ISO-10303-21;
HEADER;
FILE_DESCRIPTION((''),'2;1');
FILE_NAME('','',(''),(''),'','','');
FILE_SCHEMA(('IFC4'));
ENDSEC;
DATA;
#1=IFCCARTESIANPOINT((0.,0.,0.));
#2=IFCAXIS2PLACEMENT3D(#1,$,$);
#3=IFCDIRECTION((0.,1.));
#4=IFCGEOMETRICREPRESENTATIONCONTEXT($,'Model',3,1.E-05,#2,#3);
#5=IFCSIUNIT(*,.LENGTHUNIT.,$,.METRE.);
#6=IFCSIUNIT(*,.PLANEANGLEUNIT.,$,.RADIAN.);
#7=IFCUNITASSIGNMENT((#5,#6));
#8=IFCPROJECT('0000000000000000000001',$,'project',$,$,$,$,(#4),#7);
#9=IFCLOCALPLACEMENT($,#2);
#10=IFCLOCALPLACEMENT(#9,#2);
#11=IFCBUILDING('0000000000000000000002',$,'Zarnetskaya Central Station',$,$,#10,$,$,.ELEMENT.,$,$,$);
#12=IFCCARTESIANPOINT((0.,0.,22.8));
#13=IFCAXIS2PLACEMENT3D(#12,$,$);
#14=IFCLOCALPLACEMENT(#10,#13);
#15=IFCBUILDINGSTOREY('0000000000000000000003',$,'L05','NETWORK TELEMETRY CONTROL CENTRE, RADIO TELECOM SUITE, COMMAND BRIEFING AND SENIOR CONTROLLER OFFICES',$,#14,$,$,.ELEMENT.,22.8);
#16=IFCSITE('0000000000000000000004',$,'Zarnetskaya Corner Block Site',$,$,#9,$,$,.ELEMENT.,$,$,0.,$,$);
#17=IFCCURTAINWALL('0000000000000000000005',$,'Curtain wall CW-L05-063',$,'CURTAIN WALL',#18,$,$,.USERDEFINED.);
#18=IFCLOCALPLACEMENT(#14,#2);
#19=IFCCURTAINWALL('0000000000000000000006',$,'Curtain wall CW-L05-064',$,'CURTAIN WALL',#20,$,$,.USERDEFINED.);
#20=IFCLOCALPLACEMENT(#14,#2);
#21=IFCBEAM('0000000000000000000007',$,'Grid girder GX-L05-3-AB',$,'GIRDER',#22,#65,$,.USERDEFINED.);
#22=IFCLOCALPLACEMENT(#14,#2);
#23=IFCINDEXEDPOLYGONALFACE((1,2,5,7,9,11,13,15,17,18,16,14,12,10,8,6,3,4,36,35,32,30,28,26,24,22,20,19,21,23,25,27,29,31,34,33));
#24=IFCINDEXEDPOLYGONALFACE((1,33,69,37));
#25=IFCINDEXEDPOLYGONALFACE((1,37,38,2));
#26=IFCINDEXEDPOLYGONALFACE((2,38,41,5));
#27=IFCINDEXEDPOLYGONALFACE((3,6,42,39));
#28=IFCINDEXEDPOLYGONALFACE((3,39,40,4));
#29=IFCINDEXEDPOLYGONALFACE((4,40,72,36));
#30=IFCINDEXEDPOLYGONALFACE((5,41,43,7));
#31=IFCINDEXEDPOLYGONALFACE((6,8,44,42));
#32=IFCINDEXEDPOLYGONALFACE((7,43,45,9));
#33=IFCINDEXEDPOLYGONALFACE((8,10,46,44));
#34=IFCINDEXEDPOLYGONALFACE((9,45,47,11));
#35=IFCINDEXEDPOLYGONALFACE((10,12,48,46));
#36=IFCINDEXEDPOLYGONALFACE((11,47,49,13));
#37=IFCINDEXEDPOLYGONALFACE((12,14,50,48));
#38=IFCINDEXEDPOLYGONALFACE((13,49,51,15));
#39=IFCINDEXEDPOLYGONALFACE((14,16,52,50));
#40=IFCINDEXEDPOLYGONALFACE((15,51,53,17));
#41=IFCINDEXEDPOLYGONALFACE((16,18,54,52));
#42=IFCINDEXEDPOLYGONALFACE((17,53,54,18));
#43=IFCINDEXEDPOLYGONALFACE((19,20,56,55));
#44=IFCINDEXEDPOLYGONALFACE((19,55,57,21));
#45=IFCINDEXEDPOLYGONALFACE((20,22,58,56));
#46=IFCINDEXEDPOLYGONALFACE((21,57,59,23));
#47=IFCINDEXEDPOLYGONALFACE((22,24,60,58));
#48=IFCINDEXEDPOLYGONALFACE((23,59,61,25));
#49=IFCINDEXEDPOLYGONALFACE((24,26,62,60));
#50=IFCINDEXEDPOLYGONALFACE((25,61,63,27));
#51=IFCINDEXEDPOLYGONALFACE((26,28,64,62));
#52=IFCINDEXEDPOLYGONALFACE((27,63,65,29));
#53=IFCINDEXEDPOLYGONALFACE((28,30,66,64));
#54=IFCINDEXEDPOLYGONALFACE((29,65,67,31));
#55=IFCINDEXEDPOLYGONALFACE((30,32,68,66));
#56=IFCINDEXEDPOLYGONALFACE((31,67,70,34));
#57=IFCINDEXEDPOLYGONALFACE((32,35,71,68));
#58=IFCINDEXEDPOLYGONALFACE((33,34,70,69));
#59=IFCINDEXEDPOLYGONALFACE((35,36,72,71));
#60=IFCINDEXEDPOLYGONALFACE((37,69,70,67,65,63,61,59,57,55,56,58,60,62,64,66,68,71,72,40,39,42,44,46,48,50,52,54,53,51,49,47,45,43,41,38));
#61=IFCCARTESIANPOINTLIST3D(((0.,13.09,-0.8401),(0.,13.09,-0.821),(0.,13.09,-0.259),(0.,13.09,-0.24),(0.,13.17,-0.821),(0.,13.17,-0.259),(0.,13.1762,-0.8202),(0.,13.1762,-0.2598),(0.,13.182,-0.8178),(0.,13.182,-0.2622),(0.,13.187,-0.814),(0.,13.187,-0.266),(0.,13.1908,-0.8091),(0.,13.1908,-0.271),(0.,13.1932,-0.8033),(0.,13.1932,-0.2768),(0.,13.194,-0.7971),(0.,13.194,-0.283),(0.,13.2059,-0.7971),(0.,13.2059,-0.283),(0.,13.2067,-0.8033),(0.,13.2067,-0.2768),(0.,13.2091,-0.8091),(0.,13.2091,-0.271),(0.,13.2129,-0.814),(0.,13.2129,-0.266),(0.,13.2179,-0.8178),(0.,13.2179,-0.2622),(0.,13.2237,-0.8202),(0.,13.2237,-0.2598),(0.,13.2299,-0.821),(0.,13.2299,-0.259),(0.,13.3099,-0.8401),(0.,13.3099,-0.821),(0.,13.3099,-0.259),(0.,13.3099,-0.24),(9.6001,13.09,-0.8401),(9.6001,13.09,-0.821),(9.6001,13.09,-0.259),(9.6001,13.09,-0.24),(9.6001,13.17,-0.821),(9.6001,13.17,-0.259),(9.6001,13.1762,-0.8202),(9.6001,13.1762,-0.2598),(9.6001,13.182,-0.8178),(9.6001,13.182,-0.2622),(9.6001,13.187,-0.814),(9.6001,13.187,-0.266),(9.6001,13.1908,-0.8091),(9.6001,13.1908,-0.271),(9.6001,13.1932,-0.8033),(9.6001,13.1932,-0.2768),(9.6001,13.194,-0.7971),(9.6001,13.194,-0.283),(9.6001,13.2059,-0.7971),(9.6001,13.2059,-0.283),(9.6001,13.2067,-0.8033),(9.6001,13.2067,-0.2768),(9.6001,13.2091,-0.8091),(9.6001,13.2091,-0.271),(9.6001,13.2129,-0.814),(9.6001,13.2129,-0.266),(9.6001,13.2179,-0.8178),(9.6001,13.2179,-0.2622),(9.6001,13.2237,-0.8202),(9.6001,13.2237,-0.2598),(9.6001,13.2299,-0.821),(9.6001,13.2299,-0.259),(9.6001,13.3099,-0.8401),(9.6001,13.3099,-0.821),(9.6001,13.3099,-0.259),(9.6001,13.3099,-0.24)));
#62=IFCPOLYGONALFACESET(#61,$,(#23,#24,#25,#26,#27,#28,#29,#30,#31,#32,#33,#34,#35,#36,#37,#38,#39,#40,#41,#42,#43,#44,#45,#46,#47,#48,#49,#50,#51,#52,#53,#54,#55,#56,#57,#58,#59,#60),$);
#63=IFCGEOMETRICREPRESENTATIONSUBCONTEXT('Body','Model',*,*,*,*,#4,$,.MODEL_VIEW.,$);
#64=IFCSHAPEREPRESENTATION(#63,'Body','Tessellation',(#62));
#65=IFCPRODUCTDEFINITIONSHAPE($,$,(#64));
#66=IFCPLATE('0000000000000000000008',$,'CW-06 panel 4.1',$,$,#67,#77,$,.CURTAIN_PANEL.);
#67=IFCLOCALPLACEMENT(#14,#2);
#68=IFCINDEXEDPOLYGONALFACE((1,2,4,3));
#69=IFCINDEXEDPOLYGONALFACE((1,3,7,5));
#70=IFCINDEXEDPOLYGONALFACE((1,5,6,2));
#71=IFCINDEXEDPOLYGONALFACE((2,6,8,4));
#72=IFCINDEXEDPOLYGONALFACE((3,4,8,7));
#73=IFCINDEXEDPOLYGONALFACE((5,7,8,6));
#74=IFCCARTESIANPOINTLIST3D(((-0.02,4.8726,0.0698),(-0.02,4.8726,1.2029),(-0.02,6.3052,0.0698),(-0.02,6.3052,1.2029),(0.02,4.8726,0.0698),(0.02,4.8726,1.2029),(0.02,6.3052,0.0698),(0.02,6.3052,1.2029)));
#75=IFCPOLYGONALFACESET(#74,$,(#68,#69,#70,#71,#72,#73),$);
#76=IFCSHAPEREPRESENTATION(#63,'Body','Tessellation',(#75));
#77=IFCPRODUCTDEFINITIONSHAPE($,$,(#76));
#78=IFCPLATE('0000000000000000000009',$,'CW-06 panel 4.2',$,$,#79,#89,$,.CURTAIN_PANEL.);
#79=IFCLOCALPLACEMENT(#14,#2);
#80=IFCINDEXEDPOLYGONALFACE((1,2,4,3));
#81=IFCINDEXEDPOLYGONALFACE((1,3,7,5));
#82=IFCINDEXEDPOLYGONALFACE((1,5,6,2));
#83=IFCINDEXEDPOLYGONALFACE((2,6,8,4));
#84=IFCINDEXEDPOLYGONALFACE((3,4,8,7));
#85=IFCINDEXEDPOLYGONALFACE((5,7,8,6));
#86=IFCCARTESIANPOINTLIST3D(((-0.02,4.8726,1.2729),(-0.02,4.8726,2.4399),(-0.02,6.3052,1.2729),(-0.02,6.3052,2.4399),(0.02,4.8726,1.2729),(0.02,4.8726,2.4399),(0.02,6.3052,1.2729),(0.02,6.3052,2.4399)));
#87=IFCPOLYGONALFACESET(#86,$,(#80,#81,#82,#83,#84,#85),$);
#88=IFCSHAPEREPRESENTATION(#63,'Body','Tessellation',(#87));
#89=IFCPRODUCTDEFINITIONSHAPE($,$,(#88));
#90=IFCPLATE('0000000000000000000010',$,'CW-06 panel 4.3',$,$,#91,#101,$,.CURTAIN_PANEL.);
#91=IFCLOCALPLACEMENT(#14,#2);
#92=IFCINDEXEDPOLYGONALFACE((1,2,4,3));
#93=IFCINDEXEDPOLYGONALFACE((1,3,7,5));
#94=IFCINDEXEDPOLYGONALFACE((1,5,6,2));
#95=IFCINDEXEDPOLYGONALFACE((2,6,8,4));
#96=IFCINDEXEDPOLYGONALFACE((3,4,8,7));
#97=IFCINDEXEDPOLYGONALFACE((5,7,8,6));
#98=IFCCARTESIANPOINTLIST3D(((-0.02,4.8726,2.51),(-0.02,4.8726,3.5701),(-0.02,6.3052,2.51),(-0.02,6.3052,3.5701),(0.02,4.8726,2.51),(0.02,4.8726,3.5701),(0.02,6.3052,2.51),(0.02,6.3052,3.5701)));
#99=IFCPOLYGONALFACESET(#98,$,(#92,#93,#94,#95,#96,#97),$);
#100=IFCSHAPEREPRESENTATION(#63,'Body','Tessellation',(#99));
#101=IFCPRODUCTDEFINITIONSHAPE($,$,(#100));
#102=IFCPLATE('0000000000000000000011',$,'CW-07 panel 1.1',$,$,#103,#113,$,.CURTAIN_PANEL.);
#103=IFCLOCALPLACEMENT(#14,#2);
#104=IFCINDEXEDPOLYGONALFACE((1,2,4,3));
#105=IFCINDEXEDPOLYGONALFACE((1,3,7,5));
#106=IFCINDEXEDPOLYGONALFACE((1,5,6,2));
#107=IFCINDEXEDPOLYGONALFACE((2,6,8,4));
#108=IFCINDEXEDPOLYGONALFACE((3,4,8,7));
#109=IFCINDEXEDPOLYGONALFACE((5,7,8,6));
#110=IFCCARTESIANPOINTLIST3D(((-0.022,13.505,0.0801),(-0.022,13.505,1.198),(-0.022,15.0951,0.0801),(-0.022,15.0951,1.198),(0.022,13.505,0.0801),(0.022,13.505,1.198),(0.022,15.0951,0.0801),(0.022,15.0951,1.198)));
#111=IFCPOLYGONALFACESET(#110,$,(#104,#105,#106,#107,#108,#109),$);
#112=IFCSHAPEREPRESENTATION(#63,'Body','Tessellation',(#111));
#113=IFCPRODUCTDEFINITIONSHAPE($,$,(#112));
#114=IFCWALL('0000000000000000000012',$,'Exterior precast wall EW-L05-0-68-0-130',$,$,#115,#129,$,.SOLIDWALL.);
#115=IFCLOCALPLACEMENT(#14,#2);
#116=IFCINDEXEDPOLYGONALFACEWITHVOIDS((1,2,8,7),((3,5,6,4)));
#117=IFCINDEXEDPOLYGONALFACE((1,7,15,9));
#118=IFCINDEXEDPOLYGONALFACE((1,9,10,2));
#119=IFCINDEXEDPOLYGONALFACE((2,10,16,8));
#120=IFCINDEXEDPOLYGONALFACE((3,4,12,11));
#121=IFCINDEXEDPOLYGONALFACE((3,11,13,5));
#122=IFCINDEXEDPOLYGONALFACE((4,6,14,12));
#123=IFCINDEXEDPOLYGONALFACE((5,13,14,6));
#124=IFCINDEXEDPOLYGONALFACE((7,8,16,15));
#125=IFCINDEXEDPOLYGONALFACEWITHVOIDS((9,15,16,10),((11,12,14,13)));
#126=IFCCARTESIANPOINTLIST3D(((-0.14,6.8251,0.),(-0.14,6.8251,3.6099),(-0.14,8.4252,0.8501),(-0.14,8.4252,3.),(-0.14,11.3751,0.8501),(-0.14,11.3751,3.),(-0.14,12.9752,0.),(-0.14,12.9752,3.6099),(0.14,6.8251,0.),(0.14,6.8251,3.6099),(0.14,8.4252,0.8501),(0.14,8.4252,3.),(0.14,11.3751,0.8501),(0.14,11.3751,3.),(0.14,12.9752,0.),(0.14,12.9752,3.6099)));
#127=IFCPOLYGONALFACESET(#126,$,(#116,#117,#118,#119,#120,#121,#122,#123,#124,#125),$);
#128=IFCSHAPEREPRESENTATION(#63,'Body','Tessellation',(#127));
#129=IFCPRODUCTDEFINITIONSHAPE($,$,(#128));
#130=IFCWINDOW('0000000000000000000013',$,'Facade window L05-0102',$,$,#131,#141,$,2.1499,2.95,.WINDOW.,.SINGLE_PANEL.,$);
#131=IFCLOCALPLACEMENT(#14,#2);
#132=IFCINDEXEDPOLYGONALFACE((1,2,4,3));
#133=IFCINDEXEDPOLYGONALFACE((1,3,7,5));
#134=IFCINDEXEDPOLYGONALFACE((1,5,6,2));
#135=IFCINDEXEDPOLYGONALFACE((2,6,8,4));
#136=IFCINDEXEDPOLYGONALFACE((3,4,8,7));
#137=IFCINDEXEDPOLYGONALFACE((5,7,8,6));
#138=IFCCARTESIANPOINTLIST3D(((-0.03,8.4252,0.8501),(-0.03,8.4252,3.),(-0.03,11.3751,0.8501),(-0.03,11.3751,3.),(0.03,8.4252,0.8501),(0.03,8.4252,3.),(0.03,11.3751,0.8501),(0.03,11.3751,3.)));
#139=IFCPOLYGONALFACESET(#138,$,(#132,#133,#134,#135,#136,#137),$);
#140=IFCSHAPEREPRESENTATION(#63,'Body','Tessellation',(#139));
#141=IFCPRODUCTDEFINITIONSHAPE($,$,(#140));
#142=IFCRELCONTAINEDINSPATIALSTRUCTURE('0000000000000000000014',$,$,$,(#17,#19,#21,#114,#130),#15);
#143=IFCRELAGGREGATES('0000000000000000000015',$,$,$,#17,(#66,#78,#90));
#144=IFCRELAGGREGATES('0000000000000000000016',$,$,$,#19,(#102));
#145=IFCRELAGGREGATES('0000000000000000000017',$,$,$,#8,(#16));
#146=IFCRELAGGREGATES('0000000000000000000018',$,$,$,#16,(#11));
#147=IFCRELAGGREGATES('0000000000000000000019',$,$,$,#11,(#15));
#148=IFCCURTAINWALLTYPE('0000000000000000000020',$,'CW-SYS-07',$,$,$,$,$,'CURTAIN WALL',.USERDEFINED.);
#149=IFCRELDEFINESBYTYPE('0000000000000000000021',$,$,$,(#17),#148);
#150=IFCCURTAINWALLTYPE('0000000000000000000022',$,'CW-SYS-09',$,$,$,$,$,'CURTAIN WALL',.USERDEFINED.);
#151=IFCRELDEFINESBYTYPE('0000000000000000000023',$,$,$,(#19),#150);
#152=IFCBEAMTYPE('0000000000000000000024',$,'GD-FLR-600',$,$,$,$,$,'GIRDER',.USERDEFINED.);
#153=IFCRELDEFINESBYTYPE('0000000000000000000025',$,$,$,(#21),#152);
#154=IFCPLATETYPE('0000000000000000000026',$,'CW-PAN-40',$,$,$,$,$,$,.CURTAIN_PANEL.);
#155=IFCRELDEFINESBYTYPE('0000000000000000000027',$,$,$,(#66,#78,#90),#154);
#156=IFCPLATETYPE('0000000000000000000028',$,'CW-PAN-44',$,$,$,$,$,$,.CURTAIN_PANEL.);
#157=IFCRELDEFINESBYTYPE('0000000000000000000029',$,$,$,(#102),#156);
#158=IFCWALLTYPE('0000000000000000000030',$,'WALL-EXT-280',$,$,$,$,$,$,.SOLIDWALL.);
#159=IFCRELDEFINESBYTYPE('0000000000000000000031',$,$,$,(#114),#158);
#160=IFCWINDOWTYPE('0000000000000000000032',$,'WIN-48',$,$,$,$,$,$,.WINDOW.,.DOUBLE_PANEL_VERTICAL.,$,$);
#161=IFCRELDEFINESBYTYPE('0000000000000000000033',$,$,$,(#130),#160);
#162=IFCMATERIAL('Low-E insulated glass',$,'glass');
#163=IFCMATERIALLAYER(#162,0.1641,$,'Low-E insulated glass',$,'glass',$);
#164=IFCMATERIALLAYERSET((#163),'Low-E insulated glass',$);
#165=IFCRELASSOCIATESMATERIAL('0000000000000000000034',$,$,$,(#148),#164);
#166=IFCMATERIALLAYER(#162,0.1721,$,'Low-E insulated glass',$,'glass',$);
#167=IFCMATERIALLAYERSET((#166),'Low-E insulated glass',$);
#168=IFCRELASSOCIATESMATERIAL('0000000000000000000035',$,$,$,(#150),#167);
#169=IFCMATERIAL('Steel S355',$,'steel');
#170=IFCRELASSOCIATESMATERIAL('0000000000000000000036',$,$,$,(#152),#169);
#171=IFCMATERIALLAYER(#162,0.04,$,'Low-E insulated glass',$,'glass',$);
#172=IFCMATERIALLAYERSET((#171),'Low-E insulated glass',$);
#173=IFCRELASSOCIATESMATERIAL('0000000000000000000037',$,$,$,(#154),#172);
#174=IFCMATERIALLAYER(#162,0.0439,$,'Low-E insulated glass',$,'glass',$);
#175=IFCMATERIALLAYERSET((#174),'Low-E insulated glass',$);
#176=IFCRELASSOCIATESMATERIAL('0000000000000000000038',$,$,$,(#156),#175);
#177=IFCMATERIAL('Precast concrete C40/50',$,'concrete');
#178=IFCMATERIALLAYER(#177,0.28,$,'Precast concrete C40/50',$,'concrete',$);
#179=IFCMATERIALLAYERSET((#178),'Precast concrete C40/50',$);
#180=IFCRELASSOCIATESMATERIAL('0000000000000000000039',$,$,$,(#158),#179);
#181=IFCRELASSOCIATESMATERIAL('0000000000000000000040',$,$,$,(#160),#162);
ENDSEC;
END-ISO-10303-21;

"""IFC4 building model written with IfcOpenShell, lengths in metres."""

from ifc_helpers import new_model, si_unit, direction, frame, frame_2d, origin, origin_2d, place, context, subcontext, project, spatial, rectangle, i_section, extrude, material, layer, layer_set, material_profile, profile_set, type_object, element, fill, aggregate, save


model = new_model("IFC4")

# Units and contexts
model_context = context("Model", 3, precision=1e-05, world=origin(), true_north=direction((0.0, 1.0)))
body_context = subcontext(model_context, "Body", "Model", "MODEL_VIEW")
ifc_project = project(units=[si_unit("LENGTHUNIT", "METRE"), si_unit("PLANEANGLEUNIT", "RADIAN")], contexts=[model_context])

# Site, building, storey
site_placement = place(None, origin())
site = spatial("IfcSite", under=ifc_project, at=site_placement, Name="Zarnetskaya Corner Block Site", CompositionType="ELEMENT", RefElevation=0.0)
building_placement = place(site_placement, origin())
building = spatial("IfcBuilding", under=site, at=building_placement, Name="Zarnetskaya Central Station", CompositionType="ELEMENT")
storey_placement = place(building_placement, frame((0.0, 0.0, 22.8)))
storey = spatial("IfcBuildingStorey", under=building, at=storey_placement, Name="L05", Description="NETWORK TELEMETRY CONTROL CENTRE, RADIO TELECOM SUITE, COMMAND BRIEFING AND SENIOR CONTROLLER OFFICES", CompositionType="ELEMENT", Elevation=22.8)

# Shared definitions
ifc_material_1 = material(Name="Steel S355", Category="steel")

# Curtain walls
ifc_material_2 = material(Name="Low-E insulated glass", Category="glass")
ifc_layer_1 = layer(ifc_material_2, 0.1641, Name="Low-E insulated glass", Category="glass")
ifc_layer_set_1 = layer_set([ifc_layer_1], Name="Low-E insulated glass")
curtain_wall_type_1 = type_object("IfcCurtainWallType", Name="CW-SYS-07", ElementType="CURTAIN WALL", PredefinedType="USERDEFINED", material=ifc_layer_set_1)
curtain_wall_1_placement = place(storey_placement, origin())
curtain_wall_1 = element("IfcCurtainWall", 1, at=curtain_wall_1_placement, inside=storey, type_object=curtain_wall_type_1, Name="Curtain wall CW-L05-063", ObjectType="CURTAIN WALL", PredefinedType="USERDEFINED")
ifc_layer_2 = layer(ifc_material_2, 0.1721, Name="Low-E insulated glass", Category="glass")
ifc_layer_set_2 = layer_set([ifc_layer_2], Name="Low-E insulated glass")
curtain_wall_type_2 = type_object("IfcCurtainWallType", Name="CW-SYS-09", ElementType="CURTAIN WALL", PredefinedType="USERDEFINED", material=ifc_layer_set_2)
curtain_wall_2_placement = place(storey_placement, origin())
curtain_wall_2 = element("IfcCurtainWall", 2, at=curtain_wall_2_placement, inside=storey, type_object=curtain_wall_type_2, Name="Curtain wall CW-L05-064", ObjectType="CURTAIN WALL", PredefinedType="USERDEFINED")

# Beam
ifc_material_profile_1 = material_profile(ifc_material_1, i_section(OverallWidth=0.22, OverallDepth=0.6001, WebThickness=0.012, FlangeThickness=0.019, FilletRadius=0.0239, at=origin_2d()), Name="IPE 600")
ifc_profile_set_1 = profile_set([ifc_material_profile_1], Name="Steel S355")
beam_type_1 = type_object("IfcBeamType", Name="GD-FLR-600", ElementType="GIRDER", PredefinedType="USERDEFINED", material=ifc_profile_set_1)
for number, where, z_axis, x_axis, name in (
    (3, (0.0, 13.2, -0.54), (1.0, 0.0, 0.0), (0.0, 1.0, 0.0), "Grid girder GX-L05-3-AB"),
):
    element("IfcBeam", number, at=place(storey_placement, frame(where, z_axis=z_axis, x_axis=x_axis)), inside=storey, type_object=beam_type_1, Name=name, ObjectType="GIRDER", PredefinedType="USERDEFINED", context=body_context, shape_type="SweptSolid", body=[
        extrude(i_section(OverallWidth=0.22, OverallDepth=0.6001, WebThickness=0.012, FlangeThickness=0.019, FilletRadius=0.0239, at=origin_2d()), origin(), (0.0, 0.0, 1.0), 9.6001),
    ])

# Plates
ifc_layer_3 = layer(ifc_material_2, 0.04, Name="Low-E insulated glass", Category="glass")
ifc_layer_set_3 = layer_set([ifc_layer_3], Name="Low-E insulated glass")
plate_type_1 = type_object("IfcPlateType", Name="CW-PAN-40", PredefinedType="CURTAIN_PANEL", material=ifc_layer_set_3)
plate_1_placement = place(storey_placement, frame((0.0, 5.5889, 0.0698), z_axis=(0.0, 0.0, 1.0), x_axis=(0.0, 1.0, 0.0)))
plate_1 = element("IfcPlate", 4, at=plate_1_placement, type_object=plate_type_1, Name="CW-06 panel 4.1", PredefinedType="CURTAIN_PANEL", context=body_context, shape_type="SweptSolid", body=[
    extrude(rectangle(XDim=1.4326, YDim=0.04, at=origin_2d()), origin(), (0.0, 0.0, 1.0), 1.1331),
])
plate_2_placement = place(storey_placement, frame((0.0, 5.5889, 1.2729), z_axis=(0.0, 0.0, 1.0), x_axis=(0.0, 1.0, 0.0)))
plate_2 = element("IfcPlate", 5, at=plate_2_placement, type_object=plate_type_1, Name="CW-06 panel 4.2", PredefinedType="CURTAIN_PANEL", context=body_context, shape_type="SweptSolid", body=[
    extrude(rectangle(XDim=1.4326, YDim=0.04, at=origin_2d()), origin(), (0.0, 0.0, 1.0), 1.167),
])
plate_3_placement = place(storey_placement, frame((0.0, 5.5889, 2.51), z_axis=(0.0, 0.0, 1.0), x_axis=(0.0, 1.0, 0.0)))
plate_3 = element("IfcPlate", 6, at=plate_3_placement, type_object=plate_type_1, Name="CW-06 panel 4.3", PredefinedType="CURTAIN_PANEL", context=body_context, shape_type="SweptSolid", body=[
    extrude(rectangle(XDim=1.4326, YDim=0.04, at=origin_2d()), origin(), (0.0, 0.0, 1.0), 1.0601),
])
aggregate(curtain_wall_1, [plate_1, plate_2, plate_3])
ifc_layer_4 = layer(ifc_material_2, 0.0439, Name="Low-E insulated glass", Category="glass")
ifc_layer_set_4 = layer_set([ifc_layer_4], Name="Low-E insulated glass")
plate_type_2 = type_object("IfcPlateType", Name="CW-PAN-44", PredefinedType="CURTAIN_PANEL", material=ifc_layer_set_4)
plate_4_placement = place(storey_placement, frame((0.0, 14.3, 0.0801), z_axis=(0.0, 0.0, 1.0), x_axis=(0.0, 1.0, 0.0)))
plate_4 = element("IfcPlate", 7, at=plate_4_placement, type_object=plate_type_2, Name="CW-07 panel 1.1", PredefinedType="CURTAIN_PANEL", context=body_context, shape_type="SweptSolid", body=[
    extrude(rectangle(XDim=1.5901, YDim=0.0439, at=origin_2d()), origin(), (0.0, 0.0, 1.0), 1.1179),
])
aggregate(curtain_wall_2, [plate_4])

# Wall, opening, window
ifc_material_3 = material(Name="Precast concrete C40/50", Category="concrete")
ifc_layer_5 = layer(ifc_material_3, 0.28, Name="Precast concrete C40/50", Category="concrete")
ifc_layer_set_5 = layer_set([ifc_layer_5], Name="Precast concrete C40/50")
wall_type = type_object("IfcWallType", Name="WALL-EXT-280", PredefinedType="SOLIDWALL", material=ifc_layer_set_5)
wall_placement = place(storey_placement, frame((0.0, 6.825, 0.0), z_axis=(0.0, 0.0, 1.0), x_axis=(0.0, 1.0, 0.0)))
wall = element("IfcWall", 8, at=wall_placement, inside=storey, type_object=wall_type, Name="Exterior precast wall EW-L05-0-68-0-130", PredefinedType="SOLIDWALL", context=body_context, shape_type="SweptSolid", body=[
    extrude(rectangle(XDim=6.1501, YDim=0.28, at=frame_2d((3.0752, 0.0))), origin(), (0.0, 0.0, 1.0), 3.6099),
])
opening_placement = place(wall_placement, frame((1.6001, 0.0, 0.8501)))
opening = element("IfcOpeningElement", 9, at=opening_placement, cuts=wall, PredefinedType="OPENING", context=body_context, shape_type="SweptSolid", body=[
    extrude(rectangle(XDim=2.95, YDim=2.1499, at=frame_2d((1.4751, 1.075))), frame((0.0, 0.1499, 0.0), z_axis=(0.0, -1.0, 0.0), x_axis=(1.0, 0.0, 0.0)), (0.0, 0.0, 1.0), 0.3),
])
window_type = type_object("IfcWindowType", Name="WIN-48", PartitioningType="DOUBLE_PANEL_VERTICAL", PredefinedType="WINDOW", material=ifc_material_2)
window_placement = place(opening_placement, origin())
window = element("IfcWindow", 10, at=window_placement, inside=storey, type_object=window_type, Name="Facade window L05-0102", OverallHeight=2.1499, OverallWidth=2.95, PartitioningType="SINGLE_PANEL", PredefinedType="WINDOW", context=body_context, shape_type="SweptSolid", body=[
    extrude(rectangle(XDim=2.95, YDim=2.1499, at=frame_2d((1.4751, 1.075))), frame((0.0, 0.03, 0.0), z_axis=(0.0, -1.0, 0.0), x_axis=(1.0, 0.0, 0.0)), (0.0, 0.0, 1.0), 0.0601),
])
fill(opening, window)

save(model, "model.ifc")
